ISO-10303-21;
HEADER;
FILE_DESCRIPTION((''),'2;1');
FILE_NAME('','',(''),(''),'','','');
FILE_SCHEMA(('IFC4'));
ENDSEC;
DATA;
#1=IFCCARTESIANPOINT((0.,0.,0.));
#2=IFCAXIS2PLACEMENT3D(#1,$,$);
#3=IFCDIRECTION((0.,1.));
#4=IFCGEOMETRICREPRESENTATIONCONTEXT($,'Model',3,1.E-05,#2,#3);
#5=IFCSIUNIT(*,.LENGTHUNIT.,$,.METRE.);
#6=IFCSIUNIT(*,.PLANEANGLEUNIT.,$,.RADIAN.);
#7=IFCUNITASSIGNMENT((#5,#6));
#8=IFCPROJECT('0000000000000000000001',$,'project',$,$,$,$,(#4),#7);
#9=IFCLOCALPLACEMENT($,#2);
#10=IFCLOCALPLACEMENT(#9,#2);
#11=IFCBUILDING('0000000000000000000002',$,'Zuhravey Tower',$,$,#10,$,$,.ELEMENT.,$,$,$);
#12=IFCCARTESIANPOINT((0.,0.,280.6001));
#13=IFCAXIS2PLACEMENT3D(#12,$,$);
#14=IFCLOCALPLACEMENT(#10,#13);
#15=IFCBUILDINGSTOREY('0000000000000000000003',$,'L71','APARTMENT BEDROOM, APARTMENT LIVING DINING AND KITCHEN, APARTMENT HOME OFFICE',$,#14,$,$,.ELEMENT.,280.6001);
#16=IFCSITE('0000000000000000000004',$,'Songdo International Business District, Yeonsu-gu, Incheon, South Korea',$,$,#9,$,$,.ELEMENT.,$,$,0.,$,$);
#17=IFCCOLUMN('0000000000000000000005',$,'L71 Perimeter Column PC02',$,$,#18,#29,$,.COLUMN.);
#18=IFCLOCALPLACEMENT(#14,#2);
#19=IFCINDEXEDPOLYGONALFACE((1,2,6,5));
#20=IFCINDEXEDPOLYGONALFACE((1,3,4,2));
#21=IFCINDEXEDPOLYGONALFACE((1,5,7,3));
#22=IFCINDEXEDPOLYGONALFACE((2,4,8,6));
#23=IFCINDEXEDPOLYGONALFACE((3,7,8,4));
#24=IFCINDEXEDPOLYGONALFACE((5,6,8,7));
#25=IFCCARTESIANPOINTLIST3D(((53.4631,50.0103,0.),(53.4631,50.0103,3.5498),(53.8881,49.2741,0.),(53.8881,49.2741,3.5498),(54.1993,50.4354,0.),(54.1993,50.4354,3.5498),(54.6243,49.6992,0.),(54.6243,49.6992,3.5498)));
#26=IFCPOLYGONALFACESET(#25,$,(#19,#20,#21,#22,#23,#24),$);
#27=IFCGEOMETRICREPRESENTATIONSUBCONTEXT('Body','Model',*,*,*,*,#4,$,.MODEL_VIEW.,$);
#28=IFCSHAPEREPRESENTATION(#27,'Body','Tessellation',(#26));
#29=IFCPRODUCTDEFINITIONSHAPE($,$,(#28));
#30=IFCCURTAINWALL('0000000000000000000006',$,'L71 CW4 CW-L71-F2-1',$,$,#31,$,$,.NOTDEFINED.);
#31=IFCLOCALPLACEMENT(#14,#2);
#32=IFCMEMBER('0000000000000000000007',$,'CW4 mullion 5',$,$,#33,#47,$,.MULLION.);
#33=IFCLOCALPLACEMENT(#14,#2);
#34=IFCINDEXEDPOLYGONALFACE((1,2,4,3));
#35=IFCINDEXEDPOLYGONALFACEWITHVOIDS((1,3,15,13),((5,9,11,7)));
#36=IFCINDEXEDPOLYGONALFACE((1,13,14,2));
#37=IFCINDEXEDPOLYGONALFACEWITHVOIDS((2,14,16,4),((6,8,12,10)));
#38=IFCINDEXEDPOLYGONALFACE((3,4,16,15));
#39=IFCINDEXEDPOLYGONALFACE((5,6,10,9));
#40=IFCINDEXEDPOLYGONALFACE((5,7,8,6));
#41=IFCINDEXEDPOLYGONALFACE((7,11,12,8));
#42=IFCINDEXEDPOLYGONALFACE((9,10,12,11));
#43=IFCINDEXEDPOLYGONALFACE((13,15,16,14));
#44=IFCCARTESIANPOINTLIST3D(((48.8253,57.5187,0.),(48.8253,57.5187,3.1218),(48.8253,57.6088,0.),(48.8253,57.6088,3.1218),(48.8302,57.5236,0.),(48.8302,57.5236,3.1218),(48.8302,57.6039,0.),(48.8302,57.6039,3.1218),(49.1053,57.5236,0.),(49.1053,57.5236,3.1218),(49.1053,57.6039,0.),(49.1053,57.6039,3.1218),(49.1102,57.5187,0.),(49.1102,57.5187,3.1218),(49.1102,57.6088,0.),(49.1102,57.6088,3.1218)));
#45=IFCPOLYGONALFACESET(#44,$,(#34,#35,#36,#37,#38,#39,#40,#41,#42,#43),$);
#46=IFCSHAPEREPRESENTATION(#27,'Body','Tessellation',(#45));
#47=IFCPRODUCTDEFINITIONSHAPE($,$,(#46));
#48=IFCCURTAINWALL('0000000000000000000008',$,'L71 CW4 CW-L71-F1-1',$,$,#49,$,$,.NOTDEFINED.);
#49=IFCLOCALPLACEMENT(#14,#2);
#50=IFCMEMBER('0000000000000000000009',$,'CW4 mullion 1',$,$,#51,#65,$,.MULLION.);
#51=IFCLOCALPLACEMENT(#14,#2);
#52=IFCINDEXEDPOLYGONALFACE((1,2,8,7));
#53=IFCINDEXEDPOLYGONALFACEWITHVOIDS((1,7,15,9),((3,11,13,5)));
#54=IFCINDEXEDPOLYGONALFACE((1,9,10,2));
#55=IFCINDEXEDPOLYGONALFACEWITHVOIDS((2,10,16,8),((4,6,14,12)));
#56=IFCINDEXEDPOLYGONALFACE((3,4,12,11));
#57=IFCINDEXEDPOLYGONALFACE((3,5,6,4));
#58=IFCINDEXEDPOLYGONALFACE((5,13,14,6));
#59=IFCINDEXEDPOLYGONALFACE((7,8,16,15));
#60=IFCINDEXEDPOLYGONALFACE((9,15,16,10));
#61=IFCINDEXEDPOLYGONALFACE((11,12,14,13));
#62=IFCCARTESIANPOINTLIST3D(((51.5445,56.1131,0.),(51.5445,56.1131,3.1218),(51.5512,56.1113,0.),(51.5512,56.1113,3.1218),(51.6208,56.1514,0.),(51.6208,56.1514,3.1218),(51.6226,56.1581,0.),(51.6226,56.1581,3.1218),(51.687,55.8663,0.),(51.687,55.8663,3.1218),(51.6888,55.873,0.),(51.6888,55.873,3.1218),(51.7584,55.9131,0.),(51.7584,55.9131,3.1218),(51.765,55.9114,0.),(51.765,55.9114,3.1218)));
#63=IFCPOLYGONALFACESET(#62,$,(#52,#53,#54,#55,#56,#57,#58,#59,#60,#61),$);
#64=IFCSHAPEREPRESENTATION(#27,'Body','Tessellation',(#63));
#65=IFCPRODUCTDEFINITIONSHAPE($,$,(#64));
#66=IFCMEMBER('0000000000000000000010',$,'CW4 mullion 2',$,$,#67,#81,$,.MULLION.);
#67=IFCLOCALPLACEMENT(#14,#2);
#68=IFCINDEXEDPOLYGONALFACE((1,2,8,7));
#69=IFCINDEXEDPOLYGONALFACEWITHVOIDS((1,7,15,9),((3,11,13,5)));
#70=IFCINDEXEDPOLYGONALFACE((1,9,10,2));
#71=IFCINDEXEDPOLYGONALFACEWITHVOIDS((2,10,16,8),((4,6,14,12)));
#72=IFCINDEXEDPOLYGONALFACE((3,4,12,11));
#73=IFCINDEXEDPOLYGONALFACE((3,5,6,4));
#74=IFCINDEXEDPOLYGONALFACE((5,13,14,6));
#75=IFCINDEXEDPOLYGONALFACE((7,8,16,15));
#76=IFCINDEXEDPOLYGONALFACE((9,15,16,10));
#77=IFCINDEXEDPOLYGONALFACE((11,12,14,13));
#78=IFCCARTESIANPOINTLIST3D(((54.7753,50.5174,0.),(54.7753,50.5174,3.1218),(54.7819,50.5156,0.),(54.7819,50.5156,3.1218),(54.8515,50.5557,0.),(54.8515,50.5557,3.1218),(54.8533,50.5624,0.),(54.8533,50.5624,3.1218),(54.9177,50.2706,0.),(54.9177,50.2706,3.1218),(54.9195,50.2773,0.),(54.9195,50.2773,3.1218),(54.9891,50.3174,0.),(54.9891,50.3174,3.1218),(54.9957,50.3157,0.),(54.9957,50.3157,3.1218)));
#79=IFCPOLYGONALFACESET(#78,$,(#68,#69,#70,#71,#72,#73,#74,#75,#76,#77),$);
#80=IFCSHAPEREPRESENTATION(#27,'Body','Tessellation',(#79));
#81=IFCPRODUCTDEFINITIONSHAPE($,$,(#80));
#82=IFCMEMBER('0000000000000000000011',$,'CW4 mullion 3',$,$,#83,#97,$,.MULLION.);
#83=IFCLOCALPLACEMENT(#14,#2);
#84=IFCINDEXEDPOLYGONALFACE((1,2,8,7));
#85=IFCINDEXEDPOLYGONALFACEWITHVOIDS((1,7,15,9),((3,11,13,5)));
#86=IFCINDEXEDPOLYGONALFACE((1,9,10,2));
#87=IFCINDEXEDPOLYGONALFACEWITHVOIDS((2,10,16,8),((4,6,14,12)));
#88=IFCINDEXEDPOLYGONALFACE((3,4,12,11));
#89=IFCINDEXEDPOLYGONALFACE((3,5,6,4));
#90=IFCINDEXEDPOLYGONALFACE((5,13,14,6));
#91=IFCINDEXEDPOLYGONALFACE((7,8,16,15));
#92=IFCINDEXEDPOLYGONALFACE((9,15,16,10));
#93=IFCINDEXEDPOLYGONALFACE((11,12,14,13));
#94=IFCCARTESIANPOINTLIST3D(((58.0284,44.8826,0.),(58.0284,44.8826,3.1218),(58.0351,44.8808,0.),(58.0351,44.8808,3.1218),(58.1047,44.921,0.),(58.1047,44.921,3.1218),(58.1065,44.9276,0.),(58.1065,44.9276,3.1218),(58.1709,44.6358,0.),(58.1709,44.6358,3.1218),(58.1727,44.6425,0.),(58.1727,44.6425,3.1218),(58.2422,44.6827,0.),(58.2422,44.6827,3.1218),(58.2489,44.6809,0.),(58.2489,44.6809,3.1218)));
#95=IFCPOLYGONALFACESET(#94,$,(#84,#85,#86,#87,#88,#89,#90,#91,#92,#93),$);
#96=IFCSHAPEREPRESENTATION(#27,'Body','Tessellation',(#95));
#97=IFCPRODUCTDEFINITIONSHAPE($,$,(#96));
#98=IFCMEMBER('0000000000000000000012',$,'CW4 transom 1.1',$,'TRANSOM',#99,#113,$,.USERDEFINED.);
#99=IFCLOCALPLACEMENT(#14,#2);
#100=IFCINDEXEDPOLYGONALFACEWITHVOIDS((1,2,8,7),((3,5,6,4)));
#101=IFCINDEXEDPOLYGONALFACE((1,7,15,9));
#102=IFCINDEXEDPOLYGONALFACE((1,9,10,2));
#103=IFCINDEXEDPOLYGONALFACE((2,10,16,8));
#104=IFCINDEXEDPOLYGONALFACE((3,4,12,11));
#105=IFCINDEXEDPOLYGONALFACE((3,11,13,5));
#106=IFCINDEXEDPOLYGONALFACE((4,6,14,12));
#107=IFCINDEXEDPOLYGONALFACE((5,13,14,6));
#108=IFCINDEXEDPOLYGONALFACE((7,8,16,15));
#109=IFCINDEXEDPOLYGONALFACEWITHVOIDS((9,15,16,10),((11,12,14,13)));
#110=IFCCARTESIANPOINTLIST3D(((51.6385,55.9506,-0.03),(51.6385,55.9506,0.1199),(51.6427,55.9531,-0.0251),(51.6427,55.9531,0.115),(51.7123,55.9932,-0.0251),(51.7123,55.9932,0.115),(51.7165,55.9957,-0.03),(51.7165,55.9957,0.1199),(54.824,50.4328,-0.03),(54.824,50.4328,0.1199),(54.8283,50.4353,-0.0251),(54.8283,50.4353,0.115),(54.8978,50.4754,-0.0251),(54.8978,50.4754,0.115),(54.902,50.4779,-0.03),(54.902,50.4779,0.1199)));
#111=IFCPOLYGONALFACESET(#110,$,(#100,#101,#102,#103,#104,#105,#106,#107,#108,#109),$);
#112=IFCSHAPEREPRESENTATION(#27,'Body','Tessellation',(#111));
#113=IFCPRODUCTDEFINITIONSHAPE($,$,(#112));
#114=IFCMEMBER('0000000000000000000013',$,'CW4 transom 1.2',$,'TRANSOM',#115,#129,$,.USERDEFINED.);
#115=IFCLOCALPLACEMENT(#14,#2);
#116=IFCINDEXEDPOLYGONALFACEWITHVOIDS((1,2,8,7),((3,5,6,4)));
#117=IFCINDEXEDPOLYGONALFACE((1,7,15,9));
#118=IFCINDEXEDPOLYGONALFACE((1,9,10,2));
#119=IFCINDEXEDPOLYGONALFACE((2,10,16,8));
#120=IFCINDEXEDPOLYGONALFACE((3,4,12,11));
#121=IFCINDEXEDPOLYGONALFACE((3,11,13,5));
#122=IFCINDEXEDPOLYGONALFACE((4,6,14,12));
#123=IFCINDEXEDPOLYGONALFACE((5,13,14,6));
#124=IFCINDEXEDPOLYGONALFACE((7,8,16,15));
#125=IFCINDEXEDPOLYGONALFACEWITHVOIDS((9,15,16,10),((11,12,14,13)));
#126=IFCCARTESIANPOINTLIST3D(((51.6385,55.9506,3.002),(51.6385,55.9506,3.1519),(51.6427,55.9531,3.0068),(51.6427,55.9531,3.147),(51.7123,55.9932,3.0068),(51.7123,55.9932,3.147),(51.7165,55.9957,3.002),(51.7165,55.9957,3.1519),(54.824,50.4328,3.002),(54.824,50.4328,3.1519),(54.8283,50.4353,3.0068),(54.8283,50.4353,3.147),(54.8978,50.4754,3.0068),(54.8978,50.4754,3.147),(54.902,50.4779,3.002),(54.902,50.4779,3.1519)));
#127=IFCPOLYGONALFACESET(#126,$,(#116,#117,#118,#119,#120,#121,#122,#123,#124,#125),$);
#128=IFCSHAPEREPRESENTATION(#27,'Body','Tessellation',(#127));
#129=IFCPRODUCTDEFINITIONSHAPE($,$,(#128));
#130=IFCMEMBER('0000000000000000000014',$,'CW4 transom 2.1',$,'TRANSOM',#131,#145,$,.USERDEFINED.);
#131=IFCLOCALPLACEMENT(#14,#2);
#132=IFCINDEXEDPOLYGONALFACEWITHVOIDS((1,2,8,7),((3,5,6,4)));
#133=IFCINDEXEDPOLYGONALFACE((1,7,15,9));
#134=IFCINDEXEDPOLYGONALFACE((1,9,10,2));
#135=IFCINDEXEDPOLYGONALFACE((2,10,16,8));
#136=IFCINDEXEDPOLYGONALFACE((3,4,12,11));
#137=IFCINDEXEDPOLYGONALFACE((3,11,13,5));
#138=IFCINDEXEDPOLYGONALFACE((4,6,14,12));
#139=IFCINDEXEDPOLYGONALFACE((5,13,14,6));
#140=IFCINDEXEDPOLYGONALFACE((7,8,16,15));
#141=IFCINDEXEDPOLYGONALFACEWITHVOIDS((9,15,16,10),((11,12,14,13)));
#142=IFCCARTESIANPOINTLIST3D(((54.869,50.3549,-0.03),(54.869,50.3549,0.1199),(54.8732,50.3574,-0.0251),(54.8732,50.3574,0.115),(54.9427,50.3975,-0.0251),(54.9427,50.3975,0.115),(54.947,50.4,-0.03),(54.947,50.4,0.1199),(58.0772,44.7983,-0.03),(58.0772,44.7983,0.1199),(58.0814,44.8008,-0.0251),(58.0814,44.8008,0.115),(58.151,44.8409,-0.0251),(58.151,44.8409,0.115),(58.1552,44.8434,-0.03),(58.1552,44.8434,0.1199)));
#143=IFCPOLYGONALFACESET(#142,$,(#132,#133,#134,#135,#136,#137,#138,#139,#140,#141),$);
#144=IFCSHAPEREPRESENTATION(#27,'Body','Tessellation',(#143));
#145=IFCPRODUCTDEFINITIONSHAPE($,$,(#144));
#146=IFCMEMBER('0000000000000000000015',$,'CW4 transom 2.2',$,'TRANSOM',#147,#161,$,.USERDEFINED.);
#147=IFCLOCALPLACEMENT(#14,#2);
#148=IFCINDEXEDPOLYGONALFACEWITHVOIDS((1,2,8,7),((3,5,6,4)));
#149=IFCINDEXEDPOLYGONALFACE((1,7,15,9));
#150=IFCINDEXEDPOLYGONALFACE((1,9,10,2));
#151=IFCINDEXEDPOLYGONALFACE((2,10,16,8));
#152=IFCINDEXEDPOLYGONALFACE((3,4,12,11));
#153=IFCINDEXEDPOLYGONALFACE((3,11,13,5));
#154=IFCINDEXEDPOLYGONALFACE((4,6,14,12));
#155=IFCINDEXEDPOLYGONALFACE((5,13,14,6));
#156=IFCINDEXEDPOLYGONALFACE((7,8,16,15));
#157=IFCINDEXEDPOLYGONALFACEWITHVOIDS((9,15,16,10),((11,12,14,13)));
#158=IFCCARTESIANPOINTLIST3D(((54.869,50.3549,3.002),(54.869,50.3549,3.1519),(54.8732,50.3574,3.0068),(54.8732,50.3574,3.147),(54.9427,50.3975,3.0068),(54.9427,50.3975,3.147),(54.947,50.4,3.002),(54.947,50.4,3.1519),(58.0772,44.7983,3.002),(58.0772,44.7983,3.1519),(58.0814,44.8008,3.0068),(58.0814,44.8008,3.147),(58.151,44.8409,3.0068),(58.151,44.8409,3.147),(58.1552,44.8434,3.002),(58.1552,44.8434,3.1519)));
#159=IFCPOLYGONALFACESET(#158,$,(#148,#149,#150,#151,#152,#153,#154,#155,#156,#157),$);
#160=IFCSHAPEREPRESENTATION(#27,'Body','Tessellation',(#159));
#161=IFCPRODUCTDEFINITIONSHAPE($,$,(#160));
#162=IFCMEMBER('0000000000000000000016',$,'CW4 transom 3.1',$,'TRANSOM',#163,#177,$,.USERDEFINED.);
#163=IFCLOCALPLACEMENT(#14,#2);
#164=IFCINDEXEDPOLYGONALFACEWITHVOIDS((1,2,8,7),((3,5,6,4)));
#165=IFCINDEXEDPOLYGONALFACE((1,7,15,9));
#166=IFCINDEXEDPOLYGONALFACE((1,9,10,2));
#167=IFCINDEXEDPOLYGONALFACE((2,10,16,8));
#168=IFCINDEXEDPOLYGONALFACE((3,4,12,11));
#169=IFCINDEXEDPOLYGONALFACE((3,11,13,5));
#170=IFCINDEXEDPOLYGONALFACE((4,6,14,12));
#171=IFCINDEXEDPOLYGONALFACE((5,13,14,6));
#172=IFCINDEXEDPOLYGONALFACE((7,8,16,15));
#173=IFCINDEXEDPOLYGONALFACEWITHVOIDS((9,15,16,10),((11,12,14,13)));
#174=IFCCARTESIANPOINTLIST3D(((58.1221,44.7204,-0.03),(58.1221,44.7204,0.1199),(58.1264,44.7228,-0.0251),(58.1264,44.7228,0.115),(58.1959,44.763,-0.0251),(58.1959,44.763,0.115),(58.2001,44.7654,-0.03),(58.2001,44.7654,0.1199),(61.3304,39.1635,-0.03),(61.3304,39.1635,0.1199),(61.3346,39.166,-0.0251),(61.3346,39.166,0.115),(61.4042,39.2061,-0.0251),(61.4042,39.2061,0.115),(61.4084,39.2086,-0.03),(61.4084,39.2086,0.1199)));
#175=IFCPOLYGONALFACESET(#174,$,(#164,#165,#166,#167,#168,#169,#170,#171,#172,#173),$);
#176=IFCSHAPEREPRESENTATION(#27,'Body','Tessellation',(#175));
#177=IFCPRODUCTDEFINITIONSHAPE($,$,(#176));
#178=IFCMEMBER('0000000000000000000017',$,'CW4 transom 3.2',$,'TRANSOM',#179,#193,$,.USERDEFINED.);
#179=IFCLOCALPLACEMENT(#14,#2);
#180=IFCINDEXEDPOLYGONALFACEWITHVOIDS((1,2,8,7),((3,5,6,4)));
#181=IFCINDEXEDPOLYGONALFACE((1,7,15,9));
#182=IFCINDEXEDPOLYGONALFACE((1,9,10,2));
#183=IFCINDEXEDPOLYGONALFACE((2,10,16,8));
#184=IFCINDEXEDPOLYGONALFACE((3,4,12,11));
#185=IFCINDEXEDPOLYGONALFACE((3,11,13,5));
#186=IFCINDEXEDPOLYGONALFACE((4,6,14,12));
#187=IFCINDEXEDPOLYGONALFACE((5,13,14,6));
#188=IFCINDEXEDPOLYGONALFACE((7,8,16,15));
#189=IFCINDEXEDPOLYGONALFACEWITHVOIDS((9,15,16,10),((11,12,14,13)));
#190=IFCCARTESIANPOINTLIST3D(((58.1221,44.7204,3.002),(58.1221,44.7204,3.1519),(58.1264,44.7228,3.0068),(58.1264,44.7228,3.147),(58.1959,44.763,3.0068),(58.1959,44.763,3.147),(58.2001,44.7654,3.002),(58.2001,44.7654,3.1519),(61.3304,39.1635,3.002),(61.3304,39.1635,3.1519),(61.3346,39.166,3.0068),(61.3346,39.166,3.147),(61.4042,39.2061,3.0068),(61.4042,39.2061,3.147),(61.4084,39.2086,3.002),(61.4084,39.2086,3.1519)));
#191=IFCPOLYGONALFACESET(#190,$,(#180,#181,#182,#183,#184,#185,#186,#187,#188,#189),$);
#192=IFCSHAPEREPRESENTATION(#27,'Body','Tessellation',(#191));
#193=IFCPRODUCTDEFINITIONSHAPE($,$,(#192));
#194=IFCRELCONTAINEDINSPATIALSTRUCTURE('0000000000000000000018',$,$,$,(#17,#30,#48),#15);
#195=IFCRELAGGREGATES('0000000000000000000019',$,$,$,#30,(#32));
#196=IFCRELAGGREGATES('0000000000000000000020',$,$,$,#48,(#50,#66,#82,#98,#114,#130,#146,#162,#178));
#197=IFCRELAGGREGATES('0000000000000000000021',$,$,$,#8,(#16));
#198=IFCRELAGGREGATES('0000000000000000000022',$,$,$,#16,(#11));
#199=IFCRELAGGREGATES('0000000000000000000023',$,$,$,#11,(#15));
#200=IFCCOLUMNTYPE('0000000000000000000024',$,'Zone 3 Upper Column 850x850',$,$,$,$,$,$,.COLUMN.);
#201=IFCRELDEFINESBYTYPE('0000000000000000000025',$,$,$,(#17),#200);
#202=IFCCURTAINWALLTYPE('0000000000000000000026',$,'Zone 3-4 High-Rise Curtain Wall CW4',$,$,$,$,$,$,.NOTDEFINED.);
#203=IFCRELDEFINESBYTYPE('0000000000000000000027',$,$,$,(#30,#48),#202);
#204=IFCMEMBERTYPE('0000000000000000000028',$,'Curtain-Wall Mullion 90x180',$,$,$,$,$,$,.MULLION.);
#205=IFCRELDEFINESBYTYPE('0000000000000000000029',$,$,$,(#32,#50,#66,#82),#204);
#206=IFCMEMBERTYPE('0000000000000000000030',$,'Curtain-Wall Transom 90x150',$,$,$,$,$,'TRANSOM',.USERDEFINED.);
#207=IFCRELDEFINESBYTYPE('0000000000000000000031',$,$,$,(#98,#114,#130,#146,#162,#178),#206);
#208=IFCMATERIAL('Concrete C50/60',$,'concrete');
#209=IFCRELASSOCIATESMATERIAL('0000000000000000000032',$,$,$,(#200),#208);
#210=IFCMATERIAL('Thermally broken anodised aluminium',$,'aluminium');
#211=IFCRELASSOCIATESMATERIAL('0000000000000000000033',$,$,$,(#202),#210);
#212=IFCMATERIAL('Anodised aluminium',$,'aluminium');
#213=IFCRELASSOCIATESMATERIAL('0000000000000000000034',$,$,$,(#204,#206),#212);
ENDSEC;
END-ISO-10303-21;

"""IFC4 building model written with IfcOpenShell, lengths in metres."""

from ifc_helpers import new_model, si_unit, direction, frame, origin, origin_2d, place, context, subcontext, project, spatial, rectangle, hollow_rectangle, extrude, material, material_profile, profile_set, type_object, element, aggregate, save


model = new_model("IFC4")

# Units and contexts
model_context = context("Model", 3, precision=1e-05, world=origin(), true_north=direction((0.0, 1.0)))
body_context = subcontext(model_context, "Body", "Model", "MODEL_VIEW")
ifc_project = project(units=[si_unit("LENGTHUNIT", "METRE"), si_unit("PLANEANGLEUNIT", "RADIAN")], contexts=[model_context])

# Site, building, storey
site_placement = place(None, origin())
site = spatial("IfcSite", under=ifc_project, at=site_placement, Name="Songdo International Business District, Yeonsu-gu, Incheon, South Korea", CompositionType="ELEMENT", RefElevation=0.0)
building_placement = place(site_placement, origin())
building = spatial("IfcBuilding", under=site, at=building_placement, Name="Zuhravey Tower", CompositionType="ELEMENT")
storey_placement = place(building_placement, frame((0.0, 0.0, 280.6001)))
storey = spatial("IfcBuildingStorey", under=building, at=storey_placement, Name="L71", Description="APARTMENT BEDROOM, APARTMENT LIVING DINING AND KITCHEN, APARTMENT HOME OFFICE", CompositionType="ELEMENT", Elevation=280.6001)

# Column
ifc_material_1 = material(Name="Concrete C50/60", Category="concrete")
ifc_material_profile_1 = material_profile(ifc_material_1, rectangle(XDim=0.8501, YDim=0.8501, at=origin_2d()), Name="RC-850x850")
ifc_profile_set_1 = profile_set([ifc_material_profile_1], Name="Concrete C50/60")
column_type = type_object("IfcColumnType", Name="Zone 3 Upper Column 850x850", PredefinedType="COLUMN", material=ifc_profile_set_1)
column_placement = place(storey_placement, frame((54.0437, 49.8547, 0.0), z_axis=(0.0, 0.0, 1.0), x_axis=(-0.5, 0.866025, 0.0)))
element("IfcColumn", 1, at=column_placement, inside=storey, type_object=column_type, Name="L71 Perimeter Column PC02", PredefinedType="COLUMN", context=body_context, shape_type="SweptSolid", body=[
    extrude(rectangle(XDim=0.8501, YDim=0.8501, at=origin_2d()), origin(), (0.0, 0.0, 1.0), 3.5498),
])

# Curtain wall, member
ifc_material_2 = material(Name="Thermally broken anodised aluminium", Category="aluminium")
curtain_wall_type = type_object("IfcCurtainWallType", Name="Zone 3-4 High-Rise Curtain Wall CW4", PredefinedType="NOTDEFINED", material=ifc_material_2)
curtain_wall_1_placement = place(storey_placement, origin())
curtain_wall_1 = element("IfcCurtainWall", 2, at=curtain_wall_1_placement, inside=storey, type_object=curtain_wall_type, Name="L71 CW4 CW-L71-F2-1", PredefinedType="NOTDEFINED")
ifc_material_3 = material(Name="Anodised aluminium", Category="aluminium")
ifc_material_profile_2 = material_profile(ifc_material_3, hollow_rectangle(XDim=0.0901, YDim=0.2849, WallThickness=0.0049, at=origin_2d()), Name="ALU-RHS-90x285x5")
ifc_profile_set_2 = profile_set([ifc_material_profile_2], Name="Anodised aluminium")
member_type_1 = type_object("IfcMemberType", Name="Curtain-Wall Mullion 90x180", PredefinedType="MULLION", material=ifc_profile_set_2)
member_1_placement = place(storey_placement, frame((48.9678, 57.5637, 0.0), z_axis=(0.0, 0.0, 1.0), x_axis=(0.0, 1.0, 0.0)))
member_1 = element("IfcMember", 3, at=member_1_placement, type_object=member_type_1, Name="CW4 mullion 5", PredefinedType="MULLION", context=body_context, shape_type="SweptSolid", body=[
    extrude(hollow_rectangle(XDim=0.0901, YDim=0.2849, WallThickness=0.0049, at=origin_2d()), origin(), (0.0, 0.0, 1.0), 3.1218),
])
aggregate(curtain_wall_1, [member_1])

# Curtain wall, members
curtain_wall_2_placement = place(storey_placement, origin())
curtain_wall_2 = element("IfcCurtainWall", 4, at=curtain_wall_2_placement, inside=storey, type_object=curtain_wall_type, Name="L71 CW4 CW-L71-F1-1", PredefinedType="NOTDEFINED")
member_2_placement = place(storey_placement, frame((51.6548, 56.0122, 0.0), z_axis=(0.0, 0.0, 1.0), x_axis=(0.866025, 0.500001, 0.0)))
member_2 = element("IfcMember", 5, at=member_2_placement, type_object=member_type_1, Name="CW4 mullion 1", PredefinedType="MULLION", context=body_context, shape_type="SweptSolid", body=[
    extrude(hollow_rectangle(XDim=0.0901, YDim=0.2849, WallThickness=0.0049, at=origin_2d()), origin(), (0.0, 0.0, 1.0), 3.1218),
])
member_3_placement = place(storey_placement, frame((54.8855, 50.4165, 0.0), z_axis=(0.0, 0.0, 1.0), x_axis=(0.866025, 0.500001, 0.0)))
member_3 = element("IfcMember", 6, at=member_3_placement, type_object=member_type_1, Name="CW4 mullion 2", PredefinedType="MULLION", context=body_context, shape_type="SweptSolid", body=[
    extrude(hollow_rectangle(XDim=0.0901, YDim=0.2849, WallThickness=0.0049, at=origin_2d()), origin(), (0.0, 0.0, 1.0), 3.1218),
])
member_4_placement = place(storey_placement, frame((58.1387, 44.7817, 0.0), z_axis=(0.0, 0.0, 1.0), x_axis=(0.866025, 0.500001, 0.0)))
member_4 = element("IfcMember", 7, at=member_4_placement, type_object=member_type_1, Name="CW4 mullion 3", PredefinedType="MULLION", context=body_context, shape_type="SweptSolid", body=[
    extrude(hollow_rectangle(XDim=0.0901, YDim=0.2849, WallThickness=0.0049, at=origin_2d()), origin(), (0.0, 0.0, 1.0), 3.1218),
])
ifc_material_profile_3 = material_profile(ifc_material_3, hollow_rectangle(XDim=0.0901, YDim=0.1499, WallThickness=0.0049, at=origin_2d()), Name="ALU-RHS-90x150x5")
ifc_profile_set_3 = profile_set([ifc_material_profile_3], Name="Anodised aluminium")
member_type_2 = type_object("IfcMemberType", Name="Curtain-Wall Transom 90x150", ElementType="TRANSOM", PredefinedType="USERDEFINED", material=ifc_profile_set_3)
member_5_placement = place(storey_placement, frame((51.6775, 55.9731, 0.0449), z_axis=(0.49998, -0.866037, 0.0), x_axis=(0.866037, 0.49998, 0.0)))
member_5 = element("IfcMember", 8, at=member_5_placement, type_object=member_type_2, Name="CW4 transom 1.1", ObjectType="TRANSOM", PredefinedType="USERDEFINED", context=body_context, shape_type="SweptSolid", body=[
    extrude(hollow_rectangle(XDim=0.0901, YDim=0.1499, WallThickness=0.0049, at=origin_2d()), origin(), (0.0, 0.0, 1.0), 6.3713),
])
member_6_placement = place(storey_placement, frame((51.6775, 55.9731, 3.0769), z_axis=(0.49998, -0.866037, 0.0), x_axis=(0.866037, 0.49998, 0.0)))
member_6 = element("IfcMember", 9, at=member_6_placement, type_object=member_type_2, Name="CW4 transom 1.2", ObjectType="TRANSOM", PredefinedType="USERDEFINED", context=body_context, shape_type="SweptSolid", body=[
    extrude(hollow_rectangle(XDim=0.0901, YDim=0.1499, WallThickness=0.0049, at=origin_2d()), origin(), (0.0, 0.0, 1.0), 6.3713),
])
member_7_placement = place(storey_placement, frame((54.908, 50.3774, 0.0449), z_axis=(0.500014, -0.866017, 0.0), x_axis=(0.866017, 0.500014, 0.0)))
member_7 = element("IfcMember", 10, at=member_7_placement, type_object=member_type_2, Name="CW4 transom 2.1", ObjectType="TRANSOM", PredefinedType="USERDEFINED", context=body_context, shape_type="SweptSolid", body=[
    extrude(hollow_rectangle(XDim=0.0901, YDim=0.1499, WallThickness=0.0049, at=origin_2d()), origin(), (0.0, 0.0, 1.0), 6.4163),
])
member_8_placement = place(storey_placement, frame((54.908, 50.3774, 3.0769), z_axis=(0.500014, -0.866017, 0.0), x_axis=(0.866017, 0.500014, 0.0)))
member_8 = element("IfcMember", 11, at=member_8_placement, type_object=member_type_2, Name="CW4 transom 2.2", ObjectType="TRANSOM", PredefinedType="USERDEFINED", context=body_context, shape_type="SweptSolid", body=[
    extrude(hollow_rectangle(XDim=0.0901, YDim=0.1499, WallThickness=0.0049, at=origin_2d()), origin(), (0.0, 0.0, 1.0), 6.4163),
])
member_9_placement = place(storey_placement, frame((58.1611, 44.7429, 0.0449), z_axis=(0.499998, -0.866027, 0.0), x_axis=(0.866027, 0.499998, 0.0)))
member_9 = element("IfcMember", 12, at=member_9_placement, type_object=member_type_2, Name="CW4 transom 3.1", ObjectType="TRANSOM", PredefinedType="USERDEFINED", context=body_context, shape_type="SweptSolid", body=[
    extrude(hollow_rectangle(XDim=0.0901, YDim=0.1499, WallThickness=0.0049, at=origin_2d()), origin(), (0.0, 0.0, 1.0), 6.4165),
])
member_10_placement = place(storey_placement, frame((58.1611, 44.7429, 3.0769), z_axis=(0.499998, -0.866027, 0.0), x_axis=(0.866027, 0.499998, 0.0)))
member_10 = element("IfcMember", 13, at=member_10_placement, type_object=member_type_2, Name="CW4 transom 3.2", ObjectType="TRANSOM", PredefinedType="USERDEFINED", context=body_context, shape_type="SweptSolid", body=[
    extrude(hollow_rectangle(XDim=0.0901, YDim=0.1499, WallThickness=0.0049, at=origin_2d()), origin(), (0.0, 0.0, 1.0), 6.4165),
])

aggregate(curtain_wall_2, [member_2, member_3, member_4, member_5, member_6, member_7, member_8, member_9, member_10])

save(model, "model.ifc")
